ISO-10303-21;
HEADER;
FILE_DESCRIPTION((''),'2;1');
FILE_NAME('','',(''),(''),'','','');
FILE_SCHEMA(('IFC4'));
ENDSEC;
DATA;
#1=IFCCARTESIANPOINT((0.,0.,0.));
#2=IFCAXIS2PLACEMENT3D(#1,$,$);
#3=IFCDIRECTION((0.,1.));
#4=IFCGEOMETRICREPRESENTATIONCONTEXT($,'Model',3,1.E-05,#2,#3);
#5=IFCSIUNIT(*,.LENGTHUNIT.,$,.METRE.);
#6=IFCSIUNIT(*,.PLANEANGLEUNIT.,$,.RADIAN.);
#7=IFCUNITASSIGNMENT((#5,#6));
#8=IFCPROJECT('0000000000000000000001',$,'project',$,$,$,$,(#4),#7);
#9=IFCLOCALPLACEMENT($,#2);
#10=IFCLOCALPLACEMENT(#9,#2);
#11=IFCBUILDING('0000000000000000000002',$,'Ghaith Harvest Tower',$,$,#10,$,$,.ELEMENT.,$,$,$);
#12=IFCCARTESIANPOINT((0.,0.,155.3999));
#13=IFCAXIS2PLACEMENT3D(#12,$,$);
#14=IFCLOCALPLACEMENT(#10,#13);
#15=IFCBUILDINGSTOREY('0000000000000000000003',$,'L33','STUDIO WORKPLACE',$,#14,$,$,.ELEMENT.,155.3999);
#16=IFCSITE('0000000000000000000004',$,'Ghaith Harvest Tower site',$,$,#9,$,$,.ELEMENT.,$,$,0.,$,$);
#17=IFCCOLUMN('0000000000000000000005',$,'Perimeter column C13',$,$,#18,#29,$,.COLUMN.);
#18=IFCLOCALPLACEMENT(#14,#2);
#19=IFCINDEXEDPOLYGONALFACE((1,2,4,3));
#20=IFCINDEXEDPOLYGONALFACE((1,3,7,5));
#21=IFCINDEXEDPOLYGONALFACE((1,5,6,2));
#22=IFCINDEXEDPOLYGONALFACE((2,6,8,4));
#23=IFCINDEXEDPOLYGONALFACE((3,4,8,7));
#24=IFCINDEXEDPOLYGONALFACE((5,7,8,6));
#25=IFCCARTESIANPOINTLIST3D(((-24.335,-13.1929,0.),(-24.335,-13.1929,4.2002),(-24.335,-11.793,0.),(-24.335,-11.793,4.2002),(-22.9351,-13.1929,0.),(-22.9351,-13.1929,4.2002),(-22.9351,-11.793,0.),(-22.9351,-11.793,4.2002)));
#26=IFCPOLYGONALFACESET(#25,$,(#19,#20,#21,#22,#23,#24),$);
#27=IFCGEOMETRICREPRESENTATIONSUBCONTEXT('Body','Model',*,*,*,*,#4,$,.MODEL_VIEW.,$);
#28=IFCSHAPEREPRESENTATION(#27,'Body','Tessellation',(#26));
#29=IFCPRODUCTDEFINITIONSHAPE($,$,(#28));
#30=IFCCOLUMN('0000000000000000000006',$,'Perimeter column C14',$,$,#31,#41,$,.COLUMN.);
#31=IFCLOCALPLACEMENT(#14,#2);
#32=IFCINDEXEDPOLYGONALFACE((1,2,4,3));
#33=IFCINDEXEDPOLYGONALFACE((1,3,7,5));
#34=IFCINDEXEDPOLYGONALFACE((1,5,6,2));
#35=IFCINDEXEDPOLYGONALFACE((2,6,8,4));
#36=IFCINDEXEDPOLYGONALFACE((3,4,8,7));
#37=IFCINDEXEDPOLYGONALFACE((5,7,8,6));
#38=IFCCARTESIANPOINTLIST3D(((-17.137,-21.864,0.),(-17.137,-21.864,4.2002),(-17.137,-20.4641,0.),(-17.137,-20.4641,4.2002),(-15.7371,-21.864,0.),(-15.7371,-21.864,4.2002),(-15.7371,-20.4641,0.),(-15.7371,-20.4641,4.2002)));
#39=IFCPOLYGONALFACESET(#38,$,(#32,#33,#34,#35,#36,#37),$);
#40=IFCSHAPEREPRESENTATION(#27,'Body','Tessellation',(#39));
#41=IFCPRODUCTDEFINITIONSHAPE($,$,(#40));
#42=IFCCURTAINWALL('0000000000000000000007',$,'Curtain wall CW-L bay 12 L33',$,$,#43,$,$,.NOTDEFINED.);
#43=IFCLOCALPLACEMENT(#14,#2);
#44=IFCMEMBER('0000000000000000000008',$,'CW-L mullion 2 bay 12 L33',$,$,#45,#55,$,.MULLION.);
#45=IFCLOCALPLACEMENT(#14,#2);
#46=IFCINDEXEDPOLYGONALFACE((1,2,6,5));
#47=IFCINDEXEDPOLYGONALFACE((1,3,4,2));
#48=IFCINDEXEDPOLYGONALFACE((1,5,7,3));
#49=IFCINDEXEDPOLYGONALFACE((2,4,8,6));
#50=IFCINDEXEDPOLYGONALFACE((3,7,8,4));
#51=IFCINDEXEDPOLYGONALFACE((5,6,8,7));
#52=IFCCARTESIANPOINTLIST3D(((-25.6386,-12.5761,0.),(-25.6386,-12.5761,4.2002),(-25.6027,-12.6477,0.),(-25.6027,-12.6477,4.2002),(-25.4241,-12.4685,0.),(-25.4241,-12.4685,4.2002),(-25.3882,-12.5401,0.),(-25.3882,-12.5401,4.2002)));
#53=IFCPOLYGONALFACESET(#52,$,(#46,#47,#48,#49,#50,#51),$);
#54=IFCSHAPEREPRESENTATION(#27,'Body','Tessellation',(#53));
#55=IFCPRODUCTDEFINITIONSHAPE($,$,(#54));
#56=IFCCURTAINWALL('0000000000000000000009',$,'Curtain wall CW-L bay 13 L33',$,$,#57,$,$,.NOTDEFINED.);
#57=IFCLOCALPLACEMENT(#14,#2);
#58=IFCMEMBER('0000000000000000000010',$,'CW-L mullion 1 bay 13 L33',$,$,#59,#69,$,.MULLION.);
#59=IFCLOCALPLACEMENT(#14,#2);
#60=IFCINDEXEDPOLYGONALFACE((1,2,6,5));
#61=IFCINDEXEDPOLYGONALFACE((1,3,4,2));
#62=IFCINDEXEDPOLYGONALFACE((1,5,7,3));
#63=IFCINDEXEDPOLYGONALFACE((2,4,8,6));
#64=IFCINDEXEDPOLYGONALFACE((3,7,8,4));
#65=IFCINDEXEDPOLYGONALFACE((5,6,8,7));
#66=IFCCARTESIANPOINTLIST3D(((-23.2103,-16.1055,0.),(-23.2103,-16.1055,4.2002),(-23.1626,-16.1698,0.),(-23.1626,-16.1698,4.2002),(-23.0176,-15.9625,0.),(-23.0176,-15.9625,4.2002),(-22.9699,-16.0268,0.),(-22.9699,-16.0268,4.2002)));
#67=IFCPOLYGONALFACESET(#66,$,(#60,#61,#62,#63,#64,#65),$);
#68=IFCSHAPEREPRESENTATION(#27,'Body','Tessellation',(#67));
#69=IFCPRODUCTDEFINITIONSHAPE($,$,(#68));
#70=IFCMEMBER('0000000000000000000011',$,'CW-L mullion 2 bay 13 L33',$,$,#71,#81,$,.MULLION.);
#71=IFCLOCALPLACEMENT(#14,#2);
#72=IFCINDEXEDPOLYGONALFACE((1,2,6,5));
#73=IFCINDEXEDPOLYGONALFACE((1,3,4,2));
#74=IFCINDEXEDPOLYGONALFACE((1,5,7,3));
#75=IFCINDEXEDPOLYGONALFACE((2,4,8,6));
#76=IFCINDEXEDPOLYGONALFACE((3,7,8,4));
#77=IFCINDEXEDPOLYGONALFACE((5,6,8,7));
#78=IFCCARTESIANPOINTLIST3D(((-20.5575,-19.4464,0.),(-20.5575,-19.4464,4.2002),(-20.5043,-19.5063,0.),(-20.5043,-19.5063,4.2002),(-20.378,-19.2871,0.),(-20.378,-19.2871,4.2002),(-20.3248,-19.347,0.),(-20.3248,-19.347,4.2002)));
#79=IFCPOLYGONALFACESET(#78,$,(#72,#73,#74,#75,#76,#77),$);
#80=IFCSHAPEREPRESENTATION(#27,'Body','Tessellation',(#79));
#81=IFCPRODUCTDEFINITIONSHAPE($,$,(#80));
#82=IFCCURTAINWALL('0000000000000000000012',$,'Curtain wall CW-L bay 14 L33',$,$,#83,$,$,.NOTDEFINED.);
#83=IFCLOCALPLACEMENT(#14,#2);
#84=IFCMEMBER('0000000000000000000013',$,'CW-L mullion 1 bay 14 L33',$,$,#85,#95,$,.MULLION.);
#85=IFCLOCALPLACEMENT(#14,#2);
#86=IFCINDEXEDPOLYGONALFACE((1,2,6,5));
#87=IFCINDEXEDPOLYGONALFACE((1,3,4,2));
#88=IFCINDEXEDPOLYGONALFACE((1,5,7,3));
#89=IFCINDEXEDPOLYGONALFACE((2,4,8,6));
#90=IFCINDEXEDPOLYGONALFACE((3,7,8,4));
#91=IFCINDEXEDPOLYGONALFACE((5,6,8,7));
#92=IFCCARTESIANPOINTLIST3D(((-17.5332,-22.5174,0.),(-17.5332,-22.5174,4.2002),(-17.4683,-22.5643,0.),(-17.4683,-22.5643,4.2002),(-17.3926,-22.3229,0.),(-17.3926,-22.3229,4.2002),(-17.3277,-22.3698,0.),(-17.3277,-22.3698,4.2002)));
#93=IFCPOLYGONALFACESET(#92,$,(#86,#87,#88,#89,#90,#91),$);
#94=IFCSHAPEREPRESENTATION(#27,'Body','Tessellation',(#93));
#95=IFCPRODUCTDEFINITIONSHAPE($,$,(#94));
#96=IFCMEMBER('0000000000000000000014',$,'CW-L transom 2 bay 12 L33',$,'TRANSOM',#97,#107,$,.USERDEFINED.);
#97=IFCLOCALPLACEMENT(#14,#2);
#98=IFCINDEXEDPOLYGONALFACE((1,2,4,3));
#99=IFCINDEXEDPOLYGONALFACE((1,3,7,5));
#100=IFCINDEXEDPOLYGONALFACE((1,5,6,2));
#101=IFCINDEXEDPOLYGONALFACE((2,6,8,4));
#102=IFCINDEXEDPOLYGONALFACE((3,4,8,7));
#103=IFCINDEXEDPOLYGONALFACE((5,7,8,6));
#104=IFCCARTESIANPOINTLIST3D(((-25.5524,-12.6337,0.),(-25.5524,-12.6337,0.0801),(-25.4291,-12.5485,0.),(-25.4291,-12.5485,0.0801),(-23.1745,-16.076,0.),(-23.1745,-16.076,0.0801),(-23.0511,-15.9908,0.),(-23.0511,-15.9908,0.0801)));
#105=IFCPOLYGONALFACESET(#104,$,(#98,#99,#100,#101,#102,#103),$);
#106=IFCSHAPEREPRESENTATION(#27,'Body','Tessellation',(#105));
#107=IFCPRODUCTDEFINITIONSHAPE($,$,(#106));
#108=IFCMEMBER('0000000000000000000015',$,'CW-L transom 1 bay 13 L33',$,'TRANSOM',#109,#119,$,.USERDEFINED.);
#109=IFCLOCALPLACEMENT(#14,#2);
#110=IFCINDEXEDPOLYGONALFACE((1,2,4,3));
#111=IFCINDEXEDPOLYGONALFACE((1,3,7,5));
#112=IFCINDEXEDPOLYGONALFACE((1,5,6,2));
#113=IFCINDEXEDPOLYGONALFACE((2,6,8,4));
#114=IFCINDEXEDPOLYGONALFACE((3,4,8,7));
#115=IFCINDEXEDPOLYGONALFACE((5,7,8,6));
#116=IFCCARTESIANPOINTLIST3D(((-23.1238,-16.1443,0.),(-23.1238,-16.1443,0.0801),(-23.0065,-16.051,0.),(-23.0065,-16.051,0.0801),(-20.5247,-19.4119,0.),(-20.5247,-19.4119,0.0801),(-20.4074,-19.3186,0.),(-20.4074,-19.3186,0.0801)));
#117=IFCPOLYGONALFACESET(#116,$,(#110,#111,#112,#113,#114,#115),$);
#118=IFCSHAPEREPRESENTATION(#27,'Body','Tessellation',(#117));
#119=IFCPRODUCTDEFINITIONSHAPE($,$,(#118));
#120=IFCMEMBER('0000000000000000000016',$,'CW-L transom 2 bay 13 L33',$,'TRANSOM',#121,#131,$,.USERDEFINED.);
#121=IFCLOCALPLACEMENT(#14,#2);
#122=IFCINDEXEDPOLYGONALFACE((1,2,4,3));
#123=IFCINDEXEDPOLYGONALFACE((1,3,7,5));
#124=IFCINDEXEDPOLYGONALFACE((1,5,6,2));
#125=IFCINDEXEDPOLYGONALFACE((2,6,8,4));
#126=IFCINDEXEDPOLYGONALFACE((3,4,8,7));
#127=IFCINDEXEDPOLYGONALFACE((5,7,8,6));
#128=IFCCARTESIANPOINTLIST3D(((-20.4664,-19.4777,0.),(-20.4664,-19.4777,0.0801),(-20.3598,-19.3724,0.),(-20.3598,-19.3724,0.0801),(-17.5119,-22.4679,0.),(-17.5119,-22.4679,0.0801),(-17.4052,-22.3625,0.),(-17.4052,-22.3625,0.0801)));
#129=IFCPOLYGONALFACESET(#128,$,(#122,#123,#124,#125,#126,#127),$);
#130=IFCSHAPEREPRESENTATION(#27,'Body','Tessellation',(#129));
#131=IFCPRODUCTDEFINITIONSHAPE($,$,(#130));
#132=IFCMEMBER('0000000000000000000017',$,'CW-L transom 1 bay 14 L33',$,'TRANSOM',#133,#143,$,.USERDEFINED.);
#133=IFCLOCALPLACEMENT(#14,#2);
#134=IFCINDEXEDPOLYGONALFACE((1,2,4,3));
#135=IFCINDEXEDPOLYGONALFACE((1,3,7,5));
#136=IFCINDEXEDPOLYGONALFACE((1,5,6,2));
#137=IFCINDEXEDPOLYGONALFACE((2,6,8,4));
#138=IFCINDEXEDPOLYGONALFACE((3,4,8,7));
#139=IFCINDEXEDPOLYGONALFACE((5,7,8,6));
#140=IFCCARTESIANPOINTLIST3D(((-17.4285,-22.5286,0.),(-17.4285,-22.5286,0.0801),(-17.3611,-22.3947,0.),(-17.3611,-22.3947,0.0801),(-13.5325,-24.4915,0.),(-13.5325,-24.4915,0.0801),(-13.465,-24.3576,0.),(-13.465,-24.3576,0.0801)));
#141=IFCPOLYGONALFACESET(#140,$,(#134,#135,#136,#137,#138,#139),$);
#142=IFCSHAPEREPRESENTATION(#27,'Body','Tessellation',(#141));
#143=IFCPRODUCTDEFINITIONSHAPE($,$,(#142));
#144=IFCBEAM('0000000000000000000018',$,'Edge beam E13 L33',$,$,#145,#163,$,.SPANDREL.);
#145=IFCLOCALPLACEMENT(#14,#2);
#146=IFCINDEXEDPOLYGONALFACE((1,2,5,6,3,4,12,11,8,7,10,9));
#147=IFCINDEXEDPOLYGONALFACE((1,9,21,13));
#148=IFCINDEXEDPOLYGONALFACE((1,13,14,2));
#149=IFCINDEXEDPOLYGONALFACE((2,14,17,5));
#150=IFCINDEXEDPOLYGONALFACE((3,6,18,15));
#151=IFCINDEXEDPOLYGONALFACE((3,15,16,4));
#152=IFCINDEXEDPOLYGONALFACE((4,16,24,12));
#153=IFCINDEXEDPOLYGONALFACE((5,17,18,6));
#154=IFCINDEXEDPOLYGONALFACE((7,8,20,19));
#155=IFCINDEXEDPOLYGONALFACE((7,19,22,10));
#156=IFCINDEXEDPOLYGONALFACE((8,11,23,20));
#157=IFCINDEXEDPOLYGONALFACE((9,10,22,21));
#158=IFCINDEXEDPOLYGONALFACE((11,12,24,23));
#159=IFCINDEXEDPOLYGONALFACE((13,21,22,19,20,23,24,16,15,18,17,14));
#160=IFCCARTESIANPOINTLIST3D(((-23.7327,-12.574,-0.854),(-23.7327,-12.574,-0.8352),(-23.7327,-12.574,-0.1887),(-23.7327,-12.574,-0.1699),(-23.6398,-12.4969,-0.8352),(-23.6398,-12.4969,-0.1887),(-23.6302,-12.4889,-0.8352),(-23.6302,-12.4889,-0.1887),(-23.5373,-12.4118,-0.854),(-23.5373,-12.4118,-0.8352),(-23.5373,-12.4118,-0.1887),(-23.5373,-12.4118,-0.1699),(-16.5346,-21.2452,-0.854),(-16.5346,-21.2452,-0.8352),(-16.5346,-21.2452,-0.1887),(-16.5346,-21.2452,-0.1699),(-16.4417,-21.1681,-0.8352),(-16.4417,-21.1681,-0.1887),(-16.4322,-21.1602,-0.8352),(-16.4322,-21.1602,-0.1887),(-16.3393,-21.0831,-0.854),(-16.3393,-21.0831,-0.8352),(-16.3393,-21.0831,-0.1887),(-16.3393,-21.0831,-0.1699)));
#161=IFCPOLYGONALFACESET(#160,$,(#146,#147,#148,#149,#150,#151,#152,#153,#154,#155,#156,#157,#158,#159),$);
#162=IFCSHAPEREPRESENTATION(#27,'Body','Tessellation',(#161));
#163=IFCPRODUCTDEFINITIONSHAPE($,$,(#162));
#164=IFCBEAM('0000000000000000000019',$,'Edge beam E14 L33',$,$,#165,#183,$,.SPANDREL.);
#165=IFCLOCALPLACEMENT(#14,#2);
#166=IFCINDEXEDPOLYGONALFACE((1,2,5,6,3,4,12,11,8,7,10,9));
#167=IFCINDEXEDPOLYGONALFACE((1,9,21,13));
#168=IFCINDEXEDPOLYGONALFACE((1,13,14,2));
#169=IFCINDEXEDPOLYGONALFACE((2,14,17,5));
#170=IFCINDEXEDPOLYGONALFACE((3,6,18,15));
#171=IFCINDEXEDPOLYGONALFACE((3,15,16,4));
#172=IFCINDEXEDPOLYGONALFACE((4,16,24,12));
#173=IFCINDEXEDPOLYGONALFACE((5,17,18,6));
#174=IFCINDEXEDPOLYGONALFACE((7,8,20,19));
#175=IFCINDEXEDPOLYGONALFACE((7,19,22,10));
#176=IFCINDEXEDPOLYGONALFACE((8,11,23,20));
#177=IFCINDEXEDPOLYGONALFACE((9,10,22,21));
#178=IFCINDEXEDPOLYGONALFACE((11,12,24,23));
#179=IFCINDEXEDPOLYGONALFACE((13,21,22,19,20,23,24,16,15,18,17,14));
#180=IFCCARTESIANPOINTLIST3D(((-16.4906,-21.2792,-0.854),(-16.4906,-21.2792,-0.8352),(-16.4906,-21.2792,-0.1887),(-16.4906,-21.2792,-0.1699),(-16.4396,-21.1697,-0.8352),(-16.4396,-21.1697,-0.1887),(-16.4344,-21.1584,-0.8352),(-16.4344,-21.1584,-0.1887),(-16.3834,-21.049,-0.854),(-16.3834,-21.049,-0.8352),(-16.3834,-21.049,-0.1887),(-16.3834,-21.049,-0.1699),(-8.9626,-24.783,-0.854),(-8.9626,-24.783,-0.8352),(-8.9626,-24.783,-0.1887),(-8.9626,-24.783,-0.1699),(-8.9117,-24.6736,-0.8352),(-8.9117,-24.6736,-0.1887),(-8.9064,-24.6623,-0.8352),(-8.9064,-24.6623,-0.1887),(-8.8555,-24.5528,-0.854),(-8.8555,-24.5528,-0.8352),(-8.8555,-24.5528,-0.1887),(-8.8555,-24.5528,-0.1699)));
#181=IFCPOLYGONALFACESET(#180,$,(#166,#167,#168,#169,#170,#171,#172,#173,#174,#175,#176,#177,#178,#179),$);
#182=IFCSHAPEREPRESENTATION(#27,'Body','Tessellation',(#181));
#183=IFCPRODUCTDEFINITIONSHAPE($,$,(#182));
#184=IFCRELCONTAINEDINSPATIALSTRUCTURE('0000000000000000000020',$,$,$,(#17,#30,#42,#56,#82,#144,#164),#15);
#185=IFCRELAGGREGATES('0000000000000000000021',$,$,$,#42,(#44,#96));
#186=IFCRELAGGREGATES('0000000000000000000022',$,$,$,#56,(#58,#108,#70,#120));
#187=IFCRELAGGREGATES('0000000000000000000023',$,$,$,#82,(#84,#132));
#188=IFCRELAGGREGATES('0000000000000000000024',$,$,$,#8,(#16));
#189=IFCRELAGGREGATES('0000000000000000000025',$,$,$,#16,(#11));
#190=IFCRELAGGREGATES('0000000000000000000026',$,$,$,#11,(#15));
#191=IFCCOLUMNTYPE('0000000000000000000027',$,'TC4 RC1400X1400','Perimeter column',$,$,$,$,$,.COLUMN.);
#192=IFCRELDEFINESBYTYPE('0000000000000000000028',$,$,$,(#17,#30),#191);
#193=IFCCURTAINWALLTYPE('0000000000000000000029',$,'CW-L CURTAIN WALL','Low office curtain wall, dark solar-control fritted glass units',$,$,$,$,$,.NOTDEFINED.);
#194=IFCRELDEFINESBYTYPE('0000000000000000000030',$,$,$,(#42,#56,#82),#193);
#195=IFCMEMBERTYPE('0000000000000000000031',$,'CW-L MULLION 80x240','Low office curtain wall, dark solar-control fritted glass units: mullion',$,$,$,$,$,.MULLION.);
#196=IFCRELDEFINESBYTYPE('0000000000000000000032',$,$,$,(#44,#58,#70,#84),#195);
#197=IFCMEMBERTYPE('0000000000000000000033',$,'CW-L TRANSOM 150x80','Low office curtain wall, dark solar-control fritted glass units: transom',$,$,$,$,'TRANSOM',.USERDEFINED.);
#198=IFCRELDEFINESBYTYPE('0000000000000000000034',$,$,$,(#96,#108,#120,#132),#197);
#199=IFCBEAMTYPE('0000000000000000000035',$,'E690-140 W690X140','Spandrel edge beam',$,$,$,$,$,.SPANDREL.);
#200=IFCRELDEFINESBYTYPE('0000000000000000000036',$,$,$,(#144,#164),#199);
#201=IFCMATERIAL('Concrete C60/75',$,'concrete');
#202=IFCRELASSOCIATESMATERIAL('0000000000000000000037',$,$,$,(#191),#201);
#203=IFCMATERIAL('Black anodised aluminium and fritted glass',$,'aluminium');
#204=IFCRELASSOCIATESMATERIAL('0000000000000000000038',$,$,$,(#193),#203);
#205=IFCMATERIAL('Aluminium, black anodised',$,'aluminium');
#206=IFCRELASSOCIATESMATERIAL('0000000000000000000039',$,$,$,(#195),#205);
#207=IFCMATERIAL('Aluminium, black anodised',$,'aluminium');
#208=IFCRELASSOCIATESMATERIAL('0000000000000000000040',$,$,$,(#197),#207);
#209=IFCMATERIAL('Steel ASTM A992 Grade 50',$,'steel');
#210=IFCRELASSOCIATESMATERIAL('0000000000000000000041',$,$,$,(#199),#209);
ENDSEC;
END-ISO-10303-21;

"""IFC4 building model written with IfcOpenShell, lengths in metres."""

from ifc_helpers import new_model, si_unit, direction, frame, origin, origin_2d, place, context, subcontext, project, spatial, rectangle, i_section, extrude, material, material_profile, profile_set, type_object, element, aggregate, save


model = new_model("IFC4")

# Units and contexts
model_context = context("Model", 3, precision=1e-05, world=origin(), true_north=direction((0.0, 1.0)))
body_context = subcontext(model_context, "Body", "Model", "MODEL_VIEW")
ifc_project = project(units=[si_unit("LENGTHUNIT", "METRE"), si_unit("PLANEANGLEUNIT", "RADIAN")], contexts=[model_context])

# Site, building, storey
site_placement = place(None, origin())
site = spatial("IfcSite", under=ifc_project, at=site_placement, Name="Ghaith Harvest Tower site", CompositionType="ELEMENT", RefElevation=0.0)
building_placement = place(site_placement, origin())
building = spatial("IfcBuilding", under=site, at=building_placement, Name="Ghaith Harvest Tower", CompositionType="ELEMENT")
storey_placement = place(building_placement, frame((0.0, 0.0, 155.3999)))
storey = spatial("IfcBuildingStorey", under=building, at=storey_placement, Name="L33", Description="STUDIO WORKPLACE", CompositionType="ELEMENT", Elevation=155.3999)

# Columns
ifc_material_1 = material(Name="Concrete C60/75", Category="concrete")
ifc_material_profile_1 = material_profile(ifc_material_1, rectangle(XDim=1.3999, YDim=1.3999, at=origin_2d()), Name="RC1400X1400")
ifc_profile_set_1 = profile_set([ifc_material_profile_1], Name="Concrete C60/75")
column_type = type_object("IfcColumnType", Name="TC4 RC1400X1400", Description="Perimeter column", PredefinedType="COLUMN", material=ifc_profile_set_1)
for number, where, z_axis, x_axis, name in (
    (1, (-23.635, -12.4929, 0.0), (0.0, 0.0, 1.0), (1.0, 0.0, 0.0), "Perimeter column C13"),
    (2, (-16.437, -21.1641, 0.0), (0.0, 0.0, 1.0), (1.0, 0.0, 0.0), "Perimeter column C14"),
):
    element("IfcColumn", number, at=place(storey_placement, frame(where, z_axis=z_axis, x_axis=x_axis)), inside=storey, type_object=column_type, Name=name, PredefinedType="COLUMN", context=body_context, shape_type="SweptSolid", body=[
        extrude(rectangle(XDim=1.3999, YDim=1.3999, at=origin_2d()), origin(), (0.0, 0.0, 1.0), 4.2002),
    ])

# Curtain wall, member
ifc_material_2 = material(Name="Black anodised aluminium and fritted glass", Category="aluminium")
curtain_wall_type = type_object("IfcCurtainWallType", Name="CW-L CURTAIN WALL", Description="Low office curtain wall, dark solar-control fritted glass units", PredefinedType="NOTDEFINED", material=ifc_material_2)
curtain_wall_1_placement = place(storey_placement, origin())
curtain_wall_1 = element("IfcCurtainWall", 3, at=curtain_wall_1_placement, inside=storey, type_object=curtain_wall_type, Name="Curtain wall CW-L bay 12 L33", PredefinedType="NOTDEFINED")
ifc_material_3 = material(Name="Aluminium, black anodised", Category="aluminium")
ifc_material_profile_2 = material_profile(ifc_material_3, rectangle(XDim=0.0801, YDim=0.24, at=origin_2d()), Name="CW-L MULLION 80x240")
ifc_profile_set_2 = profile_set([ifc_material_profile_2], Name="Aluminium, black anodised")
member_type_1 = type_object("IfcMemberType", Name="CW-L MULLION 80x240", Description="Low office curtain wall, dark solar-control fritted glass units: mullion", PredefinedType="MULLION", material=ifc_profile_set_2)
member_1_placement = place(storey_placement, frame((-25.5134, -12.5581, 0.0), z_axis=(0.0, 0.0, 1.0), x_axis=(0.448267, -0.8939, 0.0)))
member_1 = element("IfcMember", 4, at=member_1_placement, type_object=member_type_1, Name="CW-L mullion 2 bay 12 L33", PredefinedType="MULLION", context=body_context, shape_type="SweptSolid", body=[
    extrude(rectangle(XDim=0.0801, YDim=0.24, at=origin_2d()), origin(), (0.0, 0.0, 1.0), 4.2002),
])

# Curtain wall, members
curtain_wall_2_placement = place(storey_placement, origin())
curtain_wall_2 = element("IfcCurtainWall", 5, at=curtain_wall_2_placement, inside=storey, type_object=curtain_wall_type, Name="Curtain wall CW-L bay 13 L33", PredefinedType="NOTDEFINED")
member_2_placement = place(storey_placement, frame((-23.0901, -16.0662, 0.0), z_axis=(0.0, 0.0, 1.0), x_axis=(0.59574, -0.803177, 0.0)))
member_2 = element("IfcMember", 6, at=member_2_placement, type_object=member_type_1, Name="CW-L mullion 1 bay 13 L33", PredefinedType="MULLION", context=body_context, shape_type="SweptSolid", body=[
    extrude(rectangle(XDim=0.0801, YDim=0.24, at=origin_2d()), origin(), (0.0, 0.0, 1.0), 4.2002),
])
member_3_placement = place(storey_placement, frame((-20.4412, -19.3967, 0.0), z_axis=(0.0, 0.0, 1.0), x_axis=(0.663765, -0.747941, 0.0)))
member_3 = element("IfcMember", 7, at=member_3_placement, type_object=member_type_1, Name="CW-L mullion 2 bay 13 L33", PredefinedType="MULLION", context=body_context, shape_type="SweptSolid", body=[
    extrude(rectangle(XDim=0.0801, YDim=0.24, at=origin_2d()), origin(), (0.0, 0.0, 1.0), 4.2002),
])

# Curtain wall, member
curtain_wall_3_placement = place(storey_placement, origin())
curtain_wall_3 = element("IfcCurtainWall", 8, at=curtain_wall_3_placement, inside=storey, type_object=curtain_wall_type, Name="Curtain wall CW-L bay 14 L33", PredefinedType="NOTDEFINED")
member_4_placement = place(storey_placement, frame((-17.4304, -22.4436, 0.0), z_axis=(0.0, 0.0, 1.0), x_axis=(0.810339, -0.585961, 0.0)))
member_4 = element("IfcMember", 9, at=member_4_placement, type_object=member_type_1, Name="CW-L mullion 1 bay 14 L33", PredefinedType="MULLION", context=body_context, shape_type="SweptSolid", body=[
    extrude(rectangle(XDim=0.0801, YDim=0.24, at=origin_2d()), origin(), (0.0, 0.0, 1.0), 4.2002),
])

# Members
ifc_material_4 = material(Name="Aluminium, black anodised", Category="aluminium")
ifc_material_profile_3 = material_profile(ifc_material_4, rectangle(XDim=0.1499, YDim=0.0801, at=origin_2d()), Name="CW-L TRANSOM 150x80")
ifc_profile_set_3 = profile_set([ifc_material_profile_3], Name="Aluminium, black anodised")
member_type_2 = type_object("IfcMemberType", Name="CW-L TRANSOM 150x80", Description="Low office curtain wall, dark solar-control fritted glass units: transom", ElementType="TRANSOM", PredefinedType="USERDEFINED", material=ifc_profile_set_3)
member_5_placement = place(storey_placement, frame((-25.4907, -12.5911, 0.04), z_axis=(0.56836, -0.82278, 0.0), x_axis=(0.82278, 0.56836, 0.0)))
member_5 = element("IfcMember", 10, at=member_5_placement, type_object=member_type_2, Name="CW-L transom 2 bay 12 L33", ObjectType="TRANSOM", PredefinedType="USERDEFINED", context=body_context, shape_type="SweptSolid", body=[
    extrude(rectangle(XDim=0.1499, YDim=0.0801, at=origin_2d()), origin(), (0.0, 0.0, 1.0), 4.1838),
])
member_6_placement = place(storey_placement, frame((-23.0652, -16.0977, 0.04), z_axis=(0.622511, -0.782611, 0.0), x_axis=(0.782611, 0.622511, 0.0)))
member_6 = element("IfcMember", 11, at=member_6_placement, type_object=member_type_2, Name="CW-L transom 1 bay 13 L33", ObjectType="TRANSOM", PredefinedType="USERDEFINED", context=body_context, shape_type="SweptSolid", body=[
    extrude(rectangle(XDim=0.1499, YDim=0.0801, at=origin_2d()), origin(), (0.0, 0.0, 1.0), 4.1753),
])
member_7_placement = place(storey_placement, frame((-20.4131, -19.425, 0.04), z_axis=(0.702854, -0.711334, 0.0), x_axis=(0.711334, 0.702854, 0.0)))
member_7 = element("IfcMember", 12, at=member_7_placement, type_object=member_type_2, Name="CW-L transom 2 bay 13 L33", ObjectType="TRANSOM", PredefinedType="USERDEFINED", context=body_context, shape_type="SweptSolid", body=[
    extrude(rectangle(XDim=0.1499, YDim=0.0801, at=origin_2d()), origin(), (0.0, 0.0, 1.0), 4.2036),
])
member_8_placement = place(storey_placement, frame((-17.3948, -22.4617, 0.04), z_axis=(0.893058, -0.449943, 0.0), x_axis=(0.449943, 0.893058, 0.0)))
member_8 = element("IfcMember", 13, at=member_8_placement, type_object=member_type_2, Name="CW-L transom 1 bay 14 L33", ObjectType="TRANSOM", PredefinedType="USERDEFINED", context=body_context, shape_type="SweptSolid", body=[
    extrude(rectangle(XDim=0.1499, YDim=0.0801, at=origin_2d()), origin(), (0.0, 0.0, 1.0), 4.3625),
])

# Beams
ifc_material_5 = material(Name="Steel ASTM A992 Grade 50", Category="steel")
ifc_material_profile_4 = material_profile(ifc_material_5, i_section(OverallWidth=0.2539, OverallDepth=0.6841, WebThickness=0.0125, FlangeThickness=0.0188, at=origin_2d()), Name="W690X140")
ifc_profile_set_4 = profile_set([ifc_material_profile_4], Name="Steel ASTM A992 Grade 50")
beam_type = type_object("IfcBeamType", Name="E690-140 W690X140", Description="Spandrel edge beam", PredefinedType="SPANDREL", material=ifc_profile_set_4)
beam_1_placement = place(storey_placement, frame((-23.635, -12.4929, -0.512), z_axis=(0.638719, -0.76944, 0.0), x_axis=(0.76944, 0.638719, 0.0)))
element("IfcBeam", 14, at=beam_1_placement, inside=storey, type_object=beam_type, Name="Edge beam E13 L33", PredefinedType="SPANDREL", context=body_context, shape_type="SweptSolid", body=[
    extrude(i_section(OverallWidth=0.2539, OverallDepth=0.6841, WebThickness=0.0125, FlangeThickness=0.0188, at=origin_2d()), origin(), (0.0, 0.0, 1.0), 11.2695),
])
beam_2_placement = place(storey_placement, frame((-16.437, -21.1641, -0.512), z_axis=(0.906607, -0.421976, 0.0), x_axis=(0.421976, 0.906607, 0.0)))
element("IfcBeam", 15, at=beam_2_placement, inside=storey, type_object=beam_type, Name="Edge beam E14 L33", PredefinedType="SPANDREL", context=body_context, shape_type="SweptSolid", body=[
    extrude(i_section(OverallWidth=0.2539, OverallDepth=0.6841, WebThickness=0.0125, FlangeThickness=0.0188, at=origin_2d()), origin(), (0.0, 0.0, 1.0), 8.3035),
])

aggregate(curtain_wall_1, [member_1, member_5])
aggregate(curtain_wall_2, [member_2, member_6, member_3, member_7])
aggregate(curtain_wall_3, [member_4, member_8])

save(model, "model.ifc")
